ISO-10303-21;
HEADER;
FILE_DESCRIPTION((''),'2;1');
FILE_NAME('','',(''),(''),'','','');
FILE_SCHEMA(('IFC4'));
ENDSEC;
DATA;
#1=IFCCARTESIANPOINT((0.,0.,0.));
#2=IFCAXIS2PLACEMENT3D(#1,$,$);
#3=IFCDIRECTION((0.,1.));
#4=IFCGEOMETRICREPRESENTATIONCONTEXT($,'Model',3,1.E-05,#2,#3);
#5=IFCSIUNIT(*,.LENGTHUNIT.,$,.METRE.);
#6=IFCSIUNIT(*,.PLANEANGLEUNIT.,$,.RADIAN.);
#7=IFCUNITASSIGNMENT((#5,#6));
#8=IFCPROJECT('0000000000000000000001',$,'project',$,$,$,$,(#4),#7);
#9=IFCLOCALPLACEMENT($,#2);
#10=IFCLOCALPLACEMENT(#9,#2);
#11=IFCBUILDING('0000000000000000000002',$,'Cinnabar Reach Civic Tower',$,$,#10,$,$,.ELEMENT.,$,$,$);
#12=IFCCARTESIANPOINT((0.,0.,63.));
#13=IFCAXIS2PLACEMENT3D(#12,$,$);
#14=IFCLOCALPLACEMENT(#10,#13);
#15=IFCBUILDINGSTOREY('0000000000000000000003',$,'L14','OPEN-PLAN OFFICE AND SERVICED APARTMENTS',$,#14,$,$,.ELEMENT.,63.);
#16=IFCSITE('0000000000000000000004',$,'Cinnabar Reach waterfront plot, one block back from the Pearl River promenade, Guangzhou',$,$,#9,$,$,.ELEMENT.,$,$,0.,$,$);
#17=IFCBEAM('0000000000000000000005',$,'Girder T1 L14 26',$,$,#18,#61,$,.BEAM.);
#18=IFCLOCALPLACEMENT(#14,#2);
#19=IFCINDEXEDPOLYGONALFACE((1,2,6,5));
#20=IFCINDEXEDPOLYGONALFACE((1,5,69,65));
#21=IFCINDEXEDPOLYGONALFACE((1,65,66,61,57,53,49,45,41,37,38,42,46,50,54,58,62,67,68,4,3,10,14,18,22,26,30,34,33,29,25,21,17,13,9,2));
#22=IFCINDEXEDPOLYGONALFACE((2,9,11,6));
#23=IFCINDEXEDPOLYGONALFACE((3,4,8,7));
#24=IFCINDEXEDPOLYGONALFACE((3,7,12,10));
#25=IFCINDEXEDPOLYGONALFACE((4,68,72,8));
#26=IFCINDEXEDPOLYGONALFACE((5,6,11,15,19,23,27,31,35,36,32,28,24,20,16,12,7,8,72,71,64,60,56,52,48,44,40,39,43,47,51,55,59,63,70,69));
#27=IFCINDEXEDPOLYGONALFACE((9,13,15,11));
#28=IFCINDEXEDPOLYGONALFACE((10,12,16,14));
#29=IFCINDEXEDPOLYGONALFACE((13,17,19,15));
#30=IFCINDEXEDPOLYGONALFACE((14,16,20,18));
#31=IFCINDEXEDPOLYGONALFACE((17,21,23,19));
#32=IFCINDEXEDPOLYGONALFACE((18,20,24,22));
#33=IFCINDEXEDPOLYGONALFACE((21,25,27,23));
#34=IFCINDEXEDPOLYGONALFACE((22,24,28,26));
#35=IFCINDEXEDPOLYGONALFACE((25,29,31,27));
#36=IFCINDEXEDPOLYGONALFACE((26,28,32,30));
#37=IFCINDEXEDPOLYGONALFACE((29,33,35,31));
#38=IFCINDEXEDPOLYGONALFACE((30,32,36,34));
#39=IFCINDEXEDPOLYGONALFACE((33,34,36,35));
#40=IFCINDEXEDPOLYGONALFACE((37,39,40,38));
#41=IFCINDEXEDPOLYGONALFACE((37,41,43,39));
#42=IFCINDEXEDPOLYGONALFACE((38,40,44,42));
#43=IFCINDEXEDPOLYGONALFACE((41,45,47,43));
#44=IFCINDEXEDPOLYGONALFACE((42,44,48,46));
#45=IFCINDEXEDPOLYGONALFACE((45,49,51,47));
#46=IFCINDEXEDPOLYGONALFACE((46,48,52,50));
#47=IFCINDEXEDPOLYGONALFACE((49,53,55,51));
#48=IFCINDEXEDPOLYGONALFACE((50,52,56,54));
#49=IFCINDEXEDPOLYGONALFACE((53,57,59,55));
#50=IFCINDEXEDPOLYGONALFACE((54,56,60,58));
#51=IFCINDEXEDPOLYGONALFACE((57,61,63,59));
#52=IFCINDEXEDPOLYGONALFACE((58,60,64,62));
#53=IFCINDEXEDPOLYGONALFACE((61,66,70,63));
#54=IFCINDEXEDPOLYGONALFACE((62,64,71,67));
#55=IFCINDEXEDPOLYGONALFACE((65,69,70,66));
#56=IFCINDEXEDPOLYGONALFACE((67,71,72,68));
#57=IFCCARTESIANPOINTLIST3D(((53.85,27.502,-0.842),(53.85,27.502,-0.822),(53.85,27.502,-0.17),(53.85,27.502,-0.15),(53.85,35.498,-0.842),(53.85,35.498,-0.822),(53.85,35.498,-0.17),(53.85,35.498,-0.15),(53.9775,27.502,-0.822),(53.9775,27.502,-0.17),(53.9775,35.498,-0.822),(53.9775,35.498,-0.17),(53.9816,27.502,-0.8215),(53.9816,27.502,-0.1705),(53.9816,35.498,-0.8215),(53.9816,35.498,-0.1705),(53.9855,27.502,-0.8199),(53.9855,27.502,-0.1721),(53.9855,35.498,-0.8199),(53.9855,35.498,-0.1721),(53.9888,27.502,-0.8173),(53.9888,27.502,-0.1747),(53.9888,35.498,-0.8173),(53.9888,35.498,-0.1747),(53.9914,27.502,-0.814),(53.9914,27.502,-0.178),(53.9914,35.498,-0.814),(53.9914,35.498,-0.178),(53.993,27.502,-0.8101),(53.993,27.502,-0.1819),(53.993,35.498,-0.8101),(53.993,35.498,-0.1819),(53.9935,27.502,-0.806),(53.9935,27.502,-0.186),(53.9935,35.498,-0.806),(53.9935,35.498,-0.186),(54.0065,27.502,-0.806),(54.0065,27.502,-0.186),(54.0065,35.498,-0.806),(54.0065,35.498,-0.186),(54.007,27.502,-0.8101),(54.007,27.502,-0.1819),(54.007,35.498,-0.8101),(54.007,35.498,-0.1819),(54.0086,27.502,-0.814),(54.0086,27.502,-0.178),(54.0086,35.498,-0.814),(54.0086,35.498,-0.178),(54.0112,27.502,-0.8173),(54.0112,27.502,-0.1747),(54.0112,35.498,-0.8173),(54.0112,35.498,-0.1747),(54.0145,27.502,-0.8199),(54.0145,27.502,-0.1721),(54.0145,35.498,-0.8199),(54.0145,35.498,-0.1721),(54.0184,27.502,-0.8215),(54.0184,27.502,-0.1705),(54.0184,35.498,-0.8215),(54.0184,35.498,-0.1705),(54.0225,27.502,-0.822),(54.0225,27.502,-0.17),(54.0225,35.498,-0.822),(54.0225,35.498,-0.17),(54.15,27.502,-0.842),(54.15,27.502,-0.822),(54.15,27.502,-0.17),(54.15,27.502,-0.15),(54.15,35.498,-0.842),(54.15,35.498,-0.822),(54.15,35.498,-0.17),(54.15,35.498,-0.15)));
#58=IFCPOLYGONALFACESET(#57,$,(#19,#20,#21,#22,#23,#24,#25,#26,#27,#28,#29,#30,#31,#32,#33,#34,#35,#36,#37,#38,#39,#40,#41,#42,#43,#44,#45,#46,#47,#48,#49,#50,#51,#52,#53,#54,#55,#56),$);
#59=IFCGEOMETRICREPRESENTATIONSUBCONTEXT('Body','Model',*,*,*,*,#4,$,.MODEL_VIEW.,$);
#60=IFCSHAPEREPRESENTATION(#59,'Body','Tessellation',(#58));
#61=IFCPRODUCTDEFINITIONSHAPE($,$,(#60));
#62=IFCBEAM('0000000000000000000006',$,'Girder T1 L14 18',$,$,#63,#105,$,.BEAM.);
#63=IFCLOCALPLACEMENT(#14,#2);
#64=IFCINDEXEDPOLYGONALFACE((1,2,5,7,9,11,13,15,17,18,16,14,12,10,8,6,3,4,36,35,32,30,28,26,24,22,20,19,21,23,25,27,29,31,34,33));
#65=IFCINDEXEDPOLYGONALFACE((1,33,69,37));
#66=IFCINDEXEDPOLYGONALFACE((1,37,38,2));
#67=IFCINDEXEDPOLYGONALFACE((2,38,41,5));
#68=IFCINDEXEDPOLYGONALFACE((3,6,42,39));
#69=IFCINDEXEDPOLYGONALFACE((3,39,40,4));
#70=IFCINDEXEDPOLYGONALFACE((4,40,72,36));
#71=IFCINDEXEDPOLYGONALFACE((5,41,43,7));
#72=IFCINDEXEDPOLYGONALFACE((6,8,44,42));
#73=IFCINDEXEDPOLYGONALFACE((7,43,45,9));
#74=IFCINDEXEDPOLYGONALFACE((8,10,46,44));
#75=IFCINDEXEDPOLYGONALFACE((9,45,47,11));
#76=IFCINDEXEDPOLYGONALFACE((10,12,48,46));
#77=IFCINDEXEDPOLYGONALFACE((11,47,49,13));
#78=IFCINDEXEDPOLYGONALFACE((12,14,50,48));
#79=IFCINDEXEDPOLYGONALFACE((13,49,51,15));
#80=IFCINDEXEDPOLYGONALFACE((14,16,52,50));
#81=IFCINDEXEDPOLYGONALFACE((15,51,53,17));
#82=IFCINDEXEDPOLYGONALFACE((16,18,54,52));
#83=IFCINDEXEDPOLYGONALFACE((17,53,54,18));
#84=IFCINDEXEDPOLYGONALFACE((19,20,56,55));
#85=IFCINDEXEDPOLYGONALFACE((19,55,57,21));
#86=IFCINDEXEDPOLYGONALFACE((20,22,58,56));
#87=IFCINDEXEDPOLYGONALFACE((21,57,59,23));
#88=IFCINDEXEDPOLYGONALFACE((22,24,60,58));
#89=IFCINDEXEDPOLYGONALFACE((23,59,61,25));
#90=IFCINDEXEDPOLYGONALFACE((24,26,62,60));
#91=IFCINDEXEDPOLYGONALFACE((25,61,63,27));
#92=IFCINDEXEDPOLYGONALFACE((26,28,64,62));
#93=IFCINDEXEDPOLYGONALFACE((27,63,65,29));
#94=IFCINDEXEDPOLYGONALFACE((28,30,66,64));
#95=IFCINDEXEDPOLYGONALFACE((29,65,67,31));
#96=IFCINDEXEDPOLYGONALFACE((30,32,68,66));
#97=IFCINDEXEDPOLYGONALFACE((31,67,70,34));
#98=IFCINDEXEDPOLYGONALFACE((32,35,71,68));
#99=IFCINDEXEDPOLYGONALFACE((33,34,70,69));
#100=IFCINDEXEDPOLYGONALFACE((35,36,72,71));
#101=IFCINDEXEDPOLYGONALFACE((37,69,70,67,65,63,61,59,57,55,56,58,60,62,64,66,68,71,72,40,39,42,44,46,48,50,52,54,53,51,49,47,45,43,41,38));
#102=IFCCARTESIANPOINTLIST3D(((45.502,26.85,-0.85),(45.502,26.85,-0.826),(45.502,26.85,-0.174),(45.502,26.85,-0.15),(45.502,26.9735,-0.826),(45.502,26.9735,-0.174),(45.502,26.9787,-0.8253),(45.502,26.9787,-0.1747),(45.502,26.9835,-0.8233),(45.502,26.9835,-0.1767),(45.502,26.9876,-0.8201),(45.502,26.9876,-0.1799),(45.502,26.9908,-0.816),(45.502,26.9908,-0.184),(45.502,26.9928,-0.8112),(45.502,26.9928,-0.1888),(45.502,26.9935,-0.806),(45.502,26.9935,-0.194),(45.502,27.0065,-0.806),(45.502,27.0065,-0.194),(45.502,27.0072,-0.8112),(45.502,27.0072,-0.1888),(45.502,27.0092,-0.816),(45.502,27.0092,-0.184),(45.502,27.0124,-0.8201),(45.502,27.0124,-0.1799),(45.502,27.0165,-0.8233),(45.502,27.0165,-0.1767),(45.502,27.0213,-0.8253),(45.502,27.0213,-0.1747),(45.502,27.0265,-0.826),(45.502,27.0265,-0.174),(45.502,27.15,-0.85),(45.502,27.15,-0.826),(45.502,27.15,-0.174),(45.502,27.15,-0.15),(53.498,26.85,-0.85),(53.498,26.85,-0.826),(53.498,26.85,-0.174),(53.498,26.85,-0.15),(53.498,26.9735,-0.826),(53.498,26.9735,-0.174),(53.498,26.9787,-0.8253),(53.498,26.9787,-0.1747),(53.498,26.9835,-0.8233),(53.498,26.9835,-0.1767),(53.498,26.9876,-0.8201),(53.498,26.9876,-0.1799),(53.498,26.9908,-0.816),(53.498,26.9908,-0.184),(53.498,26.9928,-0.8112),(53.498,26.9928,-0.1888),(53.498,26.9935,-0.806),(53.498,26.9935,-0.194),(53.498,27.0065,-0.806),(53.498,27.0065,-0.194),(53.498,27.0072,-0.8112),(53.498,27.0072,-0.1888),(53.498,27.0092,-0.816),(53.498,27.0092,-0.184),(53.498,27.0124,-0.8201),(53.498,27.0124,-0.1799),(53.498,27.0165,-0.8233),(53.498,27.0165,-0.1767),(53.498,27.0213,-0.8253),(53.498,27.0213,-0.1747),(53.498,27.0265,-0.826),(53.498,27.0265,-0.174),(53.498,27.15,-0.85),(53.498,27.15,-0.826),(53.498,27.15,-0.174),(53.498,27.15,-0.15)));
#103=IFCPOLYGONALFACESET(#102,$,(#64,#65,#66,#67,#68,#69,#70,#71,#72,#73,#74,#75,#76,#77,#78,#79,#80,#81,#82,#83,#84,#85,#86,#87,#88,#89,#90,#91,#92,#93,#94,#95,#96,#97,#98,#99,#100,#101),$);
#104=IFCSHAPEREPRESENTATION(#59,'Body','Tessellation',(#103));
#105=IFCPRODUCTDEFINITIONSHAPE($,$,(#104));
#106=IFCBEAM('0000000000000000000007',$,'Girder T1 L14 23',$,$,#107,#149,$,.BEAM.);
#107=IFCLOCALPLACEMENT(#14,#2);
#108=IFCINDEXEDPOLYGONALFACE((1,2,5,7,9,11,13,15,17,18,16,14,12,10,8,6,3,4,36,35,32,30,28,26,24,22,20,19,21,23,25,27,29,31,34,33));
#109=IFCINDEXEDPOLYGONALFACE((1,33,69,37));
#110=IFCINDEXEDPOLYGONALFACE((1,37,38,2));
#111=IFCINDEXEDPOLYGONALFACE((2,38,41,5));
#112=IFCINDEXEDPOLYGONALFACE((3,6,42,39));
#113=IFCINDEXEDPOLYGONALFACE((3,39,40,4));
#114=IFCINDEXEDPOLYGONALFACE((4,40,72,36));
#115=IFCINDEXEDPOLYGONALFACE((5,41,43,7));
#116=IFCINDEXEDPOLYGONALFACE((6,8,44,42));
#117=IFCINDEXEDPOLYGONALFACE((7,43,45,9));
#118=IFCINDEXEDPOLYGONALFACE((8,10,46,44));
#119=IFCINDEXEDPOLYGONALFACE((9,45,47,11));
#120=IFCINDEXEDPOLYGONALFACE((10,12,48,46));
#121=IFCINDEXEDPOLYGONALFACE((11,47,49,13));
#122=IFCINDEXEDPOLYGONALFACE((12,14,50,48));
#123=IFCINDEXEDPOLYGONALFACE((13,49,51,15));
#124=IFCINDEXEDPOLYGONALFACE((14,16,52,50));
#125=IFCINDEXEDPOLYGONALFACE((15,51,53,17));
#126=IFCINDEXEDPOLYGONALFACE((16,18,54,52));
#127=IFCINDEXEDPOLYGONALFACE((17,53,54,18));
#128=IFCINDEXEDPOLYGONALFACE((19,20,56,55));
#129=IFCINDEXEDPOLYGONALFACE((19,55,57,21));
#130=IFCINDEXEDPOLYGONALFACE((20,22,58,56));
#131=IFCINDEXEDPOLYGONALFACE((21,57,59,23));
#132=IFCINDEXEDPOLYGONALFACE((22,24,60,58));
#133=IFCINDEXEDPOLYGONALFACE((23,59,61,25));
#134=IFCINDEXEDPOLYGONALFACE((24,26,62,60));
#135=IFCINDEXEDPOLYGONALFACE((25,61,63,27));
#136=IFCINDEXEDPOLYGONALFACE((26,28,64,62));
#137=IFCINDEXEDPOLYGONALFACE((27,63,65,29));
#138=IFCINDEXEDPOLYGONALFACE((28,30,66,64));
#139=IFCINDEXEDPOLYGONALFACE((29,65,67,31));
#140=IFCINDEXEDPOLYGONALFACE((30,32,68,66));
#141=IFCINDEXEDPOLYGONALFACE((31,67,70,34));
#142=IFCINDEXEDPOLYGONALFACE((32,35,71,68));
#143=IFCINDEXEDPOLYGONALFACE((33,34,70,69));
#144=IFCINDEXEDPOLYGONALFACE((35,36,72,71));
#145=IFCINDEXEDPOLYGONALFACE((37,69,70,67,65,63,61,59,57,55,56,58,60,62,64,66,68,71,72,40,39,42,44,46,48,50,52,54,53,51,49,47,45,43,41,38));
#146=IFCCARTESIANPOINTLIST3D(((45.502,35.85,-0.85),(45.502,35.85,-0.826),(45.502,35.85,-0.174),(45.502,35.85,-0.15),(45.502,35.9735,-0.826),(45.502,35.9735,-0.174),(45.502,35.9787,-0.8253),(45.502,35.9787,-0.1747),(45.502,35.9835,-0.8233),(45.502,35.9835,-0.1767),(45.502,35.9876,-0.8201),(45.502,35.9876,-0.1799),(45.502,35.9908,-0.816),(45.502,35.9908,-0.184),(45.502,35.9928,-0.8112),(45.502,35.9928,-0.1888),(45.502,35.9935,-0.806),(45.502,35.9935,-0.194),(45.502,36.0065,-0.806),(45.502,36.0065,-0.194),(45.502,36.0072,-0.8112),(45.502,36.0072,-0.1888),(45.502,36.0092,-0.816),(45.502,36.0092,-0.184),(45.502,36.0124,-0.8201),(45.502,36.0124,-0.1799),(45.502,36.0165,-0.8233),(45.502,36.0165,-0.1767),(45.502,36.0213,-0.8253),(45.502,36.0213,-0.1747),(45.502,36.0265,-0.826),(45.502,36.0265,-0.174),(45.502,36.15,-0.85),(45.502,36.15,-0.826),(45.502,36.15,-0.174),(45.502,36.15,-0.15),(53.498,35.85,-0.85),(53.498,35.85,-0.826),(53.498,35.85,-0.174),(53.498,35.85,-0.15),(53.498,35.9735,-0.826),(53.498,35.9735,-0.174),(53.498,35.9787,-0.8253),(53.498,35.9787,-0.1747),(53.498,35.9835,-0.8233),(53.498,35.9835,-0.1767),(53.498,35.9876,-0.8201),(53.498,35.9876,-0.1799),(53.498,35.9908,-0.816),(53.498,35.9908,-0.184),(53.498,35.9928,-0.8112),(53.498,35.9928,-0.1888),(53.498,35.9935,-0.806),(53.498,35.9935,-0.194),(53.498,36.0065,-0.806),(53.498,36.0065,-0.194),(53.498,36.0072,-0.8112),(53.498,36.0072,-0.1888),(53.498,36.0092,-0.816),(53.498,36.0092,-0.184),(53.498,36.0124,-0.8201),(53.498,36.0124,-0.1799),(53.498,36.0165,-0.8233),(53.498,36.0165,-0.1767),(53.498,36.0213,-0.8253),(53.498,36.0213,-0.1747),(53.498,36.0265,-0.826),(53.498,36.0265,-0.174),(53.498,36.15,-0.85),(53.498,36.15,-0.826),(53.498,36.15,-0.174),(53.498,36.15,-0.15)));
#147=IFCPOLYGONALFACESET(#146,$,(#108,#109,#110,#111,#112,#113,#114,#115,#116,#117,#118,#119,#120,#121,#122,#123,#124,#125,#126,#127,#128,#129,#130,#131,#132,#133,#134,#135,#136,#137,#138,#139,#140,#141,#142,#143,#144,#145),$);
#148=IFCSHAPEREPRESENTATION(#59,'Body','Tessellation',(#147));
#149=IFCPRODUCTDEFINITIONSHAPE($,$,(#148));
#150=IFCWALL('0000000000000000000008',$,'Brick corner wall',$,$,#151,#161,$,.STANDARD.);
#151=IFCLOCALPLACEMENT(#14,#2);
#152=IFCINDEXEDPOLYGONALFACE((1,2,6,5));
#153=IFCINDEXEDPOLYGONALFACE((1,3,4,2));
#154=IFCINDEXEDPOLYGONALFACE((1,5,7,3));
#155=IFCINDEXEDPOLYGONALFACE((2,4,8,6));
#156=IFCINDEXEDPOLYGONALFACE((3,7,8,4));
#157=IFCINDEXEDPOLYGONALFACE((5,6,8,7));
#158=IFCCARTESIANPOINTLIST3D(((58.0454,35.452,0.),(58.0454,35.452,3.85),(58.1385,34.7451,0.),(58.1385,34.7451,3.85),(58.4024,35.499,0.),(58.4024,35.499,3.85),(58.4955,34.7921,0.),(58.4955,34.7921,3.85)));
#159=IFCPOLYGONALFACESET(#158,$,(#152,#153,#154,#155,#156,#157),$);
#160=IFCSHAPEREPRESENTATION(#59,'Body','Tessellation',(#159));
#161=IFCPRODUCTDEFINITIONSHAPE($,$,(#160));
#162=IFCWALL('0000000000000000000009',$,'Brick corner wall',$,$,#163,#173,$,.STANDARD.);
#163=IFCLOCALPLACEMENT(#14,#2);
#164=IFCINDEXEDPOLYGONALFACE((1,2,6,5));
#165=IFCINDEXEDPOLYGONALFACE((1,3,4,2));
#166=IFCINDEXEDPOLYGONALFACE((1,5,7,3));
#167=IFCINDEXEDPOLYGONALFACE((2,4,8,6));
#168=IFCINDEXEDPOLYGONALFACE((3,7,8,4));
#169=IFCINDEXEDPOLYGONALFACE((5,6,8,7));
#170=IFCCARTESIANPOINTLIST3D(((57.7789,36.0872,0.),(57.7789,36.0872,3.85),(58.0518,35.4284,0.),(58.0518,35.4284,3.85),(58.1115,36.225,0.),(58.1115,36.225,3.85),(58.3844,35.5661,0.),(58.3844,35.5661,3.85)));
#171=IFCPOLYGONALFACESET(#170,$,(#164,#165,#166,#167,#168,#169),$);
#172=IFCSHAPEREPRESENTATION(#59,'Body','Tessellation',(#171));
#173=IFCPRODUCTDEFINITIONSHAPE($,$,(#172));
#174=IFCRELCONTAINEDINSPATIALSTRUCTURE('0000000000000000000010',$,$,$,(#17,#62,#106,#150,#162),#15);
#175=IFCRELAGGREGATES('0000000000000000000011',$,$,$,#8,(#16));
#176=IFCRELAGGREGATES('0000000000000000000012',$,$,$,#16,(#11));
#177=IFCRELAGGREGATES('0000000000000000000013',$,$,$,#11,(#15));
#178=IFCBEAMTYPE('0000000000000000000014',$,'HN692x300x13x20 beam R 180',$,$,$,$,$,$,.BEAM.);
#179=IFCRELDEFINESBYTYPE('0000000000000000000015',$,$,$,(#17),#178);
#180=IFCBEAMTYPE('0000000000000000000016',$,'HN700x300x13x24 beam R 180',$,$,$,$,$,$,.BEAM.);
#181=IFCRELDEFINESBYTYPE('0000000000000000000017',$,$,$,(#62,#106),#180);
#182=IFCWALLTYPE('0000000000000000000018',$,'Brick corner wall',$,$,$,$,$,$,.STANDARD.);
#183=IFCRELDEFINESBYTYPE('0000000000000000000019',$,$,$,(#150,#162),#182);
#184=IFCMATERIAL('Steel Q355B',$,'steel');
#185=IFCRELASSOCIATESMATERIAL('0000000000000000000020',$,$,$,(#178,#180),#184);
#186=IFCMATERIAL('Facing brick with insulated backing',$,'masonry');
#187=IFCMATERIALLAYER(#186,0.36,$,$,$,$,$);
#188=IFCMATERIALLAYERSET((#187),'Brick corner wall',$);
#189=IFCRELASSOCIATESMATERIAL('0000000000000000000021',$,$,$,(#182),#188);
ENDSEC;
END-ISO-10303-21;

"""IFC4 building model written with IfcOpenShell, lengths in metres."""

from ifc_helpers import new_model, si_unit, direction, frame, frame_2d, origin, origin_2d, place, context, subcontext, project, spatial, rectangle, i_section, extrude, material, layer, layer_set, material_profile, profile_set, type_object, element, save


model = new_model("IFC4")

# Units and contexts
model_context = context("Model", 3, precision=1e-05, world=origin(), true_north=direction((0.0, 1.0)))
body_context = subcontext(model_context, "Body", "Model", "MODEL_VIEW")
ifc_project = project(units=[si_unit("LENGTHUNIT", "METRE"), si_unit("PLANEANGLEUNIT", "RADIAN")], contexts=[model_context])

# Site, building, storey
site_placement = place(None, origin())
site = spatial("IfcSite", under=ifc_project, at=site_placement, Name="Cinnabar Reach waterfront plot, one block back from the Pearl River promenade, Guangzhou", CompositionType="ELEMENT", RefElevation=0.0)
building_placement = place(site_placement, origin())
building = spatial("IfcBuilding", under=site, at=building_placement, Name="Cinnabar Reach Civic Tower", CompositionType="ELEMENT")
storey_placement = place(building_placement, frame((0.0, 0.0, 63.0)))
storey = spatial("IfcBuildingStorey", under=building, at=storey_placement, Name="L14", Description="OPEN-PLAN OFFICE AND SERVICED APARTMENTS", CompositionType="ELEMENT", Elevation=63.0)

# Beams
ifc_material_1 = material(Name="Steel Q355B", Category="steel")
ifc_material_profile_1 = material_profile(ifc_material_1, i_section(OverallWidth=0.3, OverallDepth=0.692, WebThickness=0.013, FlangeThickness=0.02, FilletRadius=0.016, at=origin_2d()), Name="HN692x300x13x20")
ifc_profile_set_1 = profile_set([ifc_material_profile_1], Name="Steel Q355B")
beam_type_1 = type_object("IfcBeamType", Name="HN692x300x13x20 beam R 180", PredefinedType="BEAM", material=ifc_profile_set_1)
for number, where, z_axis, x_axis, name in (
    (1, (54.0, 27.502, -0.496), (0.0, 1.0, 0.0), (-1.0, 0.0, 0.0), "Girder T1 L14 26"),
):
    element("IfcBeam", number, at=place(storey_placement, frame(where, z_axis=z_axis, x_axis=x_axis)), inside=storey, type_object=beam_type_1, Name=name, PredefinedType="BEAM", context=body_context, shape_type="SweptSolid", body=[
        extrude(i_section(OverallWidth=0.3, OverallDepth=0.692, WebThickness=0.013, FlangeThickness=0.02, FilletRadius=0.016, at=origin_2d()), origin(), (0.0, 0.0, 1.0), 7.996),
    ])
ifc_material_profile_2 = material_profile(ifc_material_1, i_section(OverallWidth=0.3, OverallDepth=0.7, WebThickness=0.013, FlangeThickness=0.024, FilletRadius=0.02, at=origin_2d()), Name="HN700x300x13x24")
ifc_profile_set_2 = profile_set([ifc_material_profile_2], Name="Steel Q355B")
beam_type_2 = type_object("IfcBeamType", Name="HN700x300x13x24 beam R 180", PredefinedType="BEAM", material=ifc_profile_set_2)
for number, where, z_axis, x_axis, name in (
    (2, (45.502, 27.0, -0.5), (1.0, 0.0, 0.0), (0.0, 1.0, 0.0), "Girder T1 L14 18"),
    (3, (45.502, 36.0, -0.5), (1.0, 0.0, 0.0), (0.0, 1.0, 0.0), "Girder T1 L14 23"),
):
    element("IfcBeam", number, at=place(storey_placement, frame(where, z_axis=z_axis, x_axis=x_axis)), inside=storey, type_object=beam_type_2, Name=name, PredefinedType="BEAM", context=body_context, shape_type="SweptSolid", body=[
        extrude(i_section(OverallWidth=0.3, OverallDepth=0.7, WebThickness=0.013, FlangeThickness=0.024, FilletRadius=0.02, at=origin_2d()), origin(), (0.0, 0.0, 1.0), 7.996),
    ])

# Walls
ifc_material_2 = material(Name="Facing brick with insulated backing", Category="masonry")
ifc_layer = layer(ifc_material_2, 0.36)
ifc_layer_set = layer_set([ifc_layer], Name="Brick corner wall")
wall_type = type_object("IfcWallType", Name="Brick corner wall", PredefinedType="STANDARD", material=ifc_layer_set)
for number, where, z_axis, x_axis, name in (
    (4, (58.317, 34.7686, 0.0), (0.0, 0.0, 1.0), (-0.130556, 0.991441, 0.0), "Brick corner wall"),
    (5, (58.2181, 35.4973, 0.0), (0.0, 0.0, 1.0), (-0.382703, 0.923872, 0.0), "Brick corner wall"),
):
    element("IfcWall", number, at=place(storey_placement, frame(where, z_axis=z_axis, x_axis=x_axis)), inside=storey, type_object=wall_type, Name=name, PredefinedType="STANDARD", context=body_context, shape_type="SweptSolid", body=[
        extrude(rectangle(XDim=0.7131, YDim=0.36, at=frame_2d((0.3565, 0.0))), origin(), (0.0, 0.0, 1.0), 3.85),
    ])

save(model, "model.ifc")
